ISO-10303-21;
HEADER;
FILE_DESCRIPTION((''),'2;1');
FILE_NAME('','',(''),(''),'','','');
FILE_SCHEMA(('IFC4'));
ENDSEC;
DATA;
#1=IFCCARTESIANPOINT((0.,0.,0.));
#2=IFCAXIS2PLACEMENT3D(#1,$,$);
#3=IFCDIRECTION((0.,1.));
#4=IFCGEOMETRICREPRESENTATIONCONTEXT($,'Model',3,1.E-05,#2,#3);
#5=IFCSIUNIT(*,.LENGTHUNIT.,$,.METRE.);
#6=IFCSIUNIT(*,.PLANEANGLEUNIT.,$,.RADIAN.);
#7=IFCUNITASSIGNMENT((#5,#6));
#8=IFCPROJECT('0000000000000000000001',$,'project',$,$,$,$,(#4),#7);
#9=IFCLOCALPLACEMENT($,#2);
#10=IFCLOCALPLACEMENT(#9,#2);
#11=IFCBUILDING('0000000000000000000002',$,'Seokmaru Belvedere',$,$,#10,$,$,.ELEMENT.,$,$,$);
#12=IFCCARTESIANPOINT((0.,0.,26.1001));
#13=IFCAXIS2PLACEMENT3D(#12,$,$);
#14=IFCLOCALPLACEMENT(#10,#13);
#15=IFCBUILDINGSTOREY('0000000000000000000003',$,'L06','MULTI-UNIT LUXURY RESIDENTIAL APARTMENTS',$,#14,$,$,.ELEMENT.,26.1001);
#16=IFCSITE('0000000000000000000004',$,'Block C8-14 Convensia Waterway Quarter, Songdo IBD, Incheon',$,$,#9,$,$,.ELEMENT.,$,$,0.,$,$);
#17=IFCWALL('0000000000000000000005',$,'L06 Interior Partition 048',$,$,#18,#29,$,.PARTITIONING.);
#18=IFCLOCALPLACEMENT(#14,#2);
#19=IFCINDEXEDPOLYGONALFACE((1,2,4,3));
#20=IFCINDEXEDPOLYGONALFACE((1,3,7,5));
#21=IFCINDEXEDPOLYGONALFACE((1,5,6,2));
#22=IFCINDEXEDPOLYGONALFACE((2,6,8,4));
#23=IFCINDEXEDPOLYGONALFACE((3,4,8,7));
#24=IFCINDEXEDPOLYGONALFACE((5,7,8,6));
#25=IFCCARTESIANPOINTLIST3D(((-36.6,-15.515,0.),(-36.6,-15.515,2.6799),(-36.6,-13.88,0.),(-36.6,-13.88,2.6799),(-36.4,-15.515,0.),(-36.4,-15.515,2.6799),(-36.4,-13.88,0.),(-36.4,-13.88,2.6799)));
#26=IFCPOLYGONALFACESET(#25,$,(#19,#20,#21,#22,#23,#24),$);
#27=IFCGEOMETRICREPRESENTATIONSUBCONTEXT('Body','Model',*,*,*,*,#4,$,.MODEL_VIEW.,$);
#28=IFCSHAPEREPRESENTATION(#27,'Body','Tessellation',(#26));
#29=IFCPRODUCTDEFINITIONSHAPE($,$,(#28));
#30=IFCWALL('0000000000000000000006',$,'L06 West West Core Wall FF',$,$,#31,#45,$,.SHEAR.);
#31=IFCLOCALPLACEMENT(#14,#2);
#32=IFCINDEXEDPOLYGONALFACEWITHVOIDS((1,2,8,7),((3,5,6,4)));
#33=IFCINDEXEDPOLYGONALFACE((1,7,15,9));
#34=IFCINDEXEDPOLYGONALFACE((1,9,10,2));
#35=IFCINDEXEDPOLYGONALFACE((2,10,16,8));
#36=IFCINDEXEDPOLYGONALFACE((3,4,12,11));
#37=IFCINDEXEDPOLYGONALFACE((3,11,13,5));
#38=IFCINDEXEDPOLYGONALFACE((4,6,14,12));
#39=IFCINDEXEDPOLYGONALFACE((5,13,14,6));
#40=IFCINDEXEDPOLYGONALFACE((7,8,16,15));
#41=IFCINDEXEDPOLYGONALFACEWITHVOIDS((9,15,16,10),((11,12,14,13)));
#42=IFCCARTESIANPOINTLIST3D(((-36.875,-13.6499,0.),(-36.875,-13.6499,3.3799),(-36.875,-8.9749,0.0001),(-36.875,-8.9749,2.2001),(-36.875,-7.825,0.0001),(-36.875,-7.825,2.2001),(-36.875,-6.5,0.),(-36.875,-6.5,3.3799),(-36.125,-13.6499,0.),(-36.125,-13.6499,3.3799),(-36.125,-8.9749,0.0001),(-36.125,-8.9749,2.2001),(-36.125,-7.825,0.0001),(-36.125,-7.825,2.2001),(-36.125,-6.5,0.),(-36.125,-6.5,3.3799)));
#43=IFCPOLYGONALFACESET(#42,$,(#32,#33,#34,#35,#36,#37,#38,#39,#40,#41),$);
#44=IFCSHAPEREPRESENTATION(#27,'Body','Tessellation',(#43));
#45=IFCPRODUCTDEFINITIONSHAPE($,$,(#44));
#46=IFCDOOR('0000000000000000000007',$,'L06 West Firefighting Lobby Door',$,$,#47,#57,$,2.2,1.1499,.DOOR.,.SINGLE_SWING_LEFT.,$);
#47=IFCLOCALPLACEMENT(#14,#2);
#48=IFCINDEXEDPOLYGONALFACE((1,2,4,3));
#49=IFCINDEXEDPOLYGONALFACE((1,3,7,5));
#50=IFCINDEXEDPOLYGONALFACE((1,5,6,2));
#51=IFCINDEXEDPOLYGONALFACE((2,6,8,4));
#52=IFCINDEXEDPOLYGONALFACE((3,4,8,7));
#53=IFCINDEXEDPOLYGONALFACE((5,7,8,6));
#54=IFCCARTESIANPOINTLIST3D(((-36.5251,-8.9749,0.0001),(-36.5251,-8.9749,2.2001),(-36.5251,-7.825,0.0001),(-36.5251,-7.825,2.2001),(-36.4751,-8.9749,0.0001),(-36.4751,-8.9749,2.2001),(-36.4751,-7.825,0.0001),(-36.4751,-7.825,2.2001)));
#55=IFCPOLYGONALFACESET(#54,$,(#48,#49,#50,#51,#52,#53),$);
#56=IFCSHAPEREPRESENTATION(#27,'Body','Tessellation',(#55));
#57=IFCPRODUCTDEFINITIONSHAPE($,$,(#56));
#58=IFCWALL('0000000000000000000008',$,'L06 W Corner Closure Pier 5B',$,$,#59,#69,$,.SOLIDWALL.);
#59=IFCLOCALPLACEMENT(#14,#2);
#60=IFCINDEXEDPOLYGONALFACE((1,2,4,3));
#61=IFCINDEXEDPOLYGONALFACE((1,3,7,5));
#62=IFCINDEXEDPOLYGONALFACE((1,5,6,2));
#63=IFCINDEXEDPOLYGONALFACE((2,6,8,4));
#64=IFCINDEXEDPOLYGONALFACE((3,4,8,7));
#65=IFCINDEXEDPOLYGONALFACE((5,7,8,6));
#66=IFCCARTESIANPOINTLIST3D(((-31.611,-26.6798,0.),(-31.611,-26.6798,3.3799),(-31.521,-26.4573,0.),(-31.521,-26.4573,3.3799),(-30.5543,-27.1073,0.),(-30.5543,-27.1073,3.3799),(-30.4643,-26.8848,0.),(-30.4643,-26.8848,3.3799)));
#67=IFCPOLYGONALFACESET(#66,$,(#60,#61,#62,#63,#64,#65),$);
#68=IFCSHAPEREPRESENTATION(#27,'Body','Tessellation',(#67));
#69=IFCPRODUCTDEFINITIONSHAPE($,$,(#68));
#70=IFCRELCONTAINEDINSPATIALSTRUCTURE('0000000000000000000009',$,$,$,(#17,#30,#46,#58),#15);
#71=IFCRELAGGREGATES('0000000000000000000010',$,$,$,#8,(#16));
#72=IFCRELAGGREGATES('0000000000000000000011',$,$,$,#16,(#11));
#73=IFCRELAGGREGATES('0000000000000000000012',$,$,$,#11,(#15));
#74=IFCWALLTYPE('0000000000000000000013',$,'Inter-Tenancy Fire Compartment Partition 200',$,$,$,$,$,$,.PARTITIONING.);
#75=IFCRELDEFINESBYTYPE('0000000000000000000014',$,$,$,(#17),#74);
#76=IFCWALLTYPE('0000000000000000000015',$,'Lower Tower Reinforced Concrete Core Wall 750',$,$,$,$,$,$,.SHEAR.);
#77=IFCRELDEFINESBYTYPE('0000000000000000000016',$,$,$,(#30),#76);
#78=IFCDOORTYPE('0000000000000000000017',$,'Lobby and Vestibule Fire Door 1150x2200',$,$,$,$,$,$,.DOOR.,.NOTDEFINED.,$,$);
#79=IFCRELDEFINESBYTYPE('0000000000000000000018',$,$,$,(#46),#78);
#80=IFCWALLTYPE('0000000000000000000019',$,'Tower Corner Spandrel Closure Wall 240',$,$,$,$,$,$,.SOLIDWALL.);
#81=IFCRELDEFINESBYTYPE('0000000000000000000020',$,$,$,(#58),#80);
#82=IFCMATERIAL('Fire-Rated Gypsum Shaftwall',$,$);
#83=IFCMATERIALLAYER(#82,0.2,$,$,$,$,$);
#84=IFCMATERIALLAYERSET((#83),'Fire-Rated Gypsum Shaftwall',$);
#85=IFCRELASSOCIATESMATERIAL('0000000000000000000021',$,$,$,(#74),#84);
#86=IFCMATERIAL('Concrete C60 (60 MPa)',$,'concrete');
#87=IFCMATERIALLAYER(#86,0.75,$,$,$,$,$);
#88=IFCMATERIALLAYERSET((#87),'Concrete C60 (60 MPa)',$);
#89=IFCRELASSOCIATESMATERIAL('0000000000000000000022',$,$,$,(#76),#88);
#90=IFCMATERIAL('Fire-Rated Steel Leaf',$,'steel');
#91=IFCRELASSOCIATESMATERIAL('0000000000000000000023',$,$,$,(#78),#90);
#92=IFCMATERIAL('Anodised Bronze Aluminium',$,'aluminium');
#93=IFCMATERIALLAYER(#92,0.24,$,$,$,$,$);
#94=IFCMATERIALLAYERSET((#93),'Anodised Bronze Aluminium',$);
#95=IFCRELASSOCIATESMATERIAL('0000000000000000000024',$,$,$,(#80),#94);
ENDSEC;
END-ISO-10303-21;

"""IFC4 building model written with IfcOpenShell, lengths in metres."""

from ifc_helpers import new_model, si_unit, direction, frame, frame_2d, origin, place, context, subcontext, project, spatial, rectangle, extrude, source, transform, mapped, material, layer, layer_set, type_object, type_shapes, element, fill, save


model = new_model("IFC4")

# Units and contexts
model_context = context("Model", 3, precision=1e-05, world=origin(), true_north=direction((0.0, 1.0)))
body_context = subcontext(model_context, "Body", "Model", "MODEL_VIEW")
ifc_project = project(units=[si_unit("LENGTHUNIT", "METRE"), si_unit("PLANEANGLEUNIT", "RADIAN")], contexts=[model_context])

# Site, building, storey
site_placement = place(None, origin())
site = spatial("IfcSite", under=ifc_project, at=site_placement, Name="Block C8-14 Convensia Waterway Quarter, Songdo IBD, Incheon", CompositionType="ELEMENT", RefElevation=0.0)
building_placement = place(site_placement, origin())
building = spatial("IfcBuilding", under=site, at=building_placement, Name="Seokmaru Belvedere", CompositionType="ELEMENT")
storey_placement = place(building_placement, frame((0.0, 0.0, 26.1001)))
storey = spatial("IfcBuildingStorey", under=building, at=storey_placement, Name="L06", Description="MULTI-UNIT LUXURY RESIDENTIAL APARTMENTS", CompositionType="ELEMENT", Elevation=26.1001)

# Shared definitions
ifc_material_1 = material(Name="Anodised Bronze Aluminium", Category="aluminium")

# Shared definitions
ifc_material_2 = material(Name="Fire-Rated Gypsum Shaftwall")

# Shared definitions
ifc_layer_1 = layer(ifc_material_2, 0.2)
ifc_layer_set_1 = layer_set([ifc_layer_1], Name="Fire-Rated Gypsum Shaftwall")
wall_type_1 = type_object("IfcWallType", Name="Inter-Tenancy Fire Compartment Partition 200", PredefinedType="PARTITIONING", material=ifc_layer_set_1)

# Shared definitions
ifc_material_3 = material(Name="Fire-Rated Steel Leaf", Category="steel")

# Wall
wall_1_placement = place(storey_placement, frame((-36.5, -15.5149, 0.0), z_axis=(0.0, 0.0, 1.0), x_axis=(0.0, 1.0, 0.0)))
element("IfcWall", 1, at=wall_1_placement, inside=storey, type_object=wall_type_1, Name="L06 Interior Partition 048", PredefinedType="PARTITIONING", context=body_context, shape_type="SweptSolid", body=[
    extrude(rectangle(XDim=1.635, YDim=0.2, at=frame_2d((0.8174, 0.0))), origin(), (0.0, 0.0, 1.0), 2.6799),
])

# Wall, opening, door
ifc_material_4 = material(Name="Concrete C60 (60 MPa)", Category="concrete")
ifc_layer_2 = layer(ifc_material_4, 0.75)
ifc_layer_set_2 = layer_set([ifc_layer_2], Name="Concrete C60 (60 MPa)")
wall_type_2 = type_object("IfcWallType", Name="Lower Tower Reinforced Concrete Core Wall 750", PredefinedType="SHEAR", material=ifc_layer_set_2)
wall_2_placement = place(storey_placement, frame((-36.5, -13.6499, 0.0), z_axis=(0.0, 0.0, 1.0), x_axis=(0.0, 1.0, 0.0)))
wall_2 = element("IfcWall", 2, at=wall_2_placement, inside=storey, type_object=wall_type_2, Name="L06 West West Core Wall FF", PredefinedType="SHEAR", context=body_context, shape_type="SweptSolid", body=[
    extrude(rectangle(XDim=7.1499, YDim=0.75, at=frame_2d((3.575, 0.0))), origin(), (0.0, 0.0, 1.0), 3.3799),
])
opening_1_placement = place(wall_2_placement, frame((4.675, 0.0, 0.0)))
opening_1 = element("IfcOpeningElement", 3, at=opening_1_placement, cuts=wall_2, PredefinedType="OPENING", context=body_context, shape_type="SweptSolid", body=[
    extrude(rectangle(XDim=1.1499, YDim=2.2, at=frame_2d((0.575, 1.1001))), frame((0.0, 0.385, 0.0), z_axis=(0.0, -1.0, 0.0), x_axis=(1.0, 0.0, 0.0)), (0.0, 0.0, 1.0), 0.77),
])
door_type_1 = type_object("IfcDoorType", Name="Lobby and Vestibule Fire Door 1150x2200", OperationType="NOTDEFINED", PredefinedType="DOOR", material=ifc_material_3)
shared_shape_1 = source(origin(), body_context, "Body", "SweptSolid", [
    extrude(rectangle(XDim=1.1499, YDim=2.2, at=frame_2d((0.575, 1.1001))), frame((0.0, 0.0249, 0.0), z_axis=(0.0, -1.0, 0.0), x_axis=(1.0, 0.0, 0.0)), (0.0, 0.0, 1.0), 0.05),
])
type_shapes(door_type_1, [shared_shape_1])
door_1_placement = place(opening_1_placement, frame((1.1499, 0.0, 0.0), z_axis=(0.0, 0.0, 1.0), x_axis=(-1.0, 0.0, 0.0)))
door_1 = element("IfcDoor", 4, at=door_1_placement, inside=storey, type_object=door_type_1, Name="L06 West Firefighting Lobby Door", OperationType="SINGLE_SWING_LEFT", OverallHeight=2.2, OverallWidth=1.1499, PredefinedType="DOOR", context=body_context, shape_type="MappedRepresentation", body=[
    mapped(shared_shape_1, transform((0.0, 0.0, 0.0), scale=1.0)),
])
fill(opening_1, door_1)

# Wall
ifc_layer_3 = layer(ifc_material_1, 0.24)
ifc_layer_set_3 = layer_set([ifc_layer_3], Name="Anodised Bronze Aluminium")
wall_type_3 = type_object("IfcWallType", Name="Tower Corner Spandrel Closure Wall 240", PredefinedType="SOLIDWALL", material=ifc_layer_set_3)
wall_3_placement = place(storey_placement, frame((-31.5659, -26.5686, 0.0), z_axis=(0.0, 0.0, 1.0), x_axis=(0.927007, -0.375044, 0.0)))
element("IfcWall", 5, at=wall_3_placement, inside=storey, type_object=wall_type_3, Name="L06 W Corner Closure Pier 5B", PredefinedType="SOLIDWALL", context=body_context, shape_type="SweptSolid", body=[
    extrude(rectangle(XDim=1.1399, YDim=0.24, at=frame_2d((0.5698, 0.0))), origin(), (0.0, 0.0, 1.0), 3.3799),
])

save(model, "model.ifc")
